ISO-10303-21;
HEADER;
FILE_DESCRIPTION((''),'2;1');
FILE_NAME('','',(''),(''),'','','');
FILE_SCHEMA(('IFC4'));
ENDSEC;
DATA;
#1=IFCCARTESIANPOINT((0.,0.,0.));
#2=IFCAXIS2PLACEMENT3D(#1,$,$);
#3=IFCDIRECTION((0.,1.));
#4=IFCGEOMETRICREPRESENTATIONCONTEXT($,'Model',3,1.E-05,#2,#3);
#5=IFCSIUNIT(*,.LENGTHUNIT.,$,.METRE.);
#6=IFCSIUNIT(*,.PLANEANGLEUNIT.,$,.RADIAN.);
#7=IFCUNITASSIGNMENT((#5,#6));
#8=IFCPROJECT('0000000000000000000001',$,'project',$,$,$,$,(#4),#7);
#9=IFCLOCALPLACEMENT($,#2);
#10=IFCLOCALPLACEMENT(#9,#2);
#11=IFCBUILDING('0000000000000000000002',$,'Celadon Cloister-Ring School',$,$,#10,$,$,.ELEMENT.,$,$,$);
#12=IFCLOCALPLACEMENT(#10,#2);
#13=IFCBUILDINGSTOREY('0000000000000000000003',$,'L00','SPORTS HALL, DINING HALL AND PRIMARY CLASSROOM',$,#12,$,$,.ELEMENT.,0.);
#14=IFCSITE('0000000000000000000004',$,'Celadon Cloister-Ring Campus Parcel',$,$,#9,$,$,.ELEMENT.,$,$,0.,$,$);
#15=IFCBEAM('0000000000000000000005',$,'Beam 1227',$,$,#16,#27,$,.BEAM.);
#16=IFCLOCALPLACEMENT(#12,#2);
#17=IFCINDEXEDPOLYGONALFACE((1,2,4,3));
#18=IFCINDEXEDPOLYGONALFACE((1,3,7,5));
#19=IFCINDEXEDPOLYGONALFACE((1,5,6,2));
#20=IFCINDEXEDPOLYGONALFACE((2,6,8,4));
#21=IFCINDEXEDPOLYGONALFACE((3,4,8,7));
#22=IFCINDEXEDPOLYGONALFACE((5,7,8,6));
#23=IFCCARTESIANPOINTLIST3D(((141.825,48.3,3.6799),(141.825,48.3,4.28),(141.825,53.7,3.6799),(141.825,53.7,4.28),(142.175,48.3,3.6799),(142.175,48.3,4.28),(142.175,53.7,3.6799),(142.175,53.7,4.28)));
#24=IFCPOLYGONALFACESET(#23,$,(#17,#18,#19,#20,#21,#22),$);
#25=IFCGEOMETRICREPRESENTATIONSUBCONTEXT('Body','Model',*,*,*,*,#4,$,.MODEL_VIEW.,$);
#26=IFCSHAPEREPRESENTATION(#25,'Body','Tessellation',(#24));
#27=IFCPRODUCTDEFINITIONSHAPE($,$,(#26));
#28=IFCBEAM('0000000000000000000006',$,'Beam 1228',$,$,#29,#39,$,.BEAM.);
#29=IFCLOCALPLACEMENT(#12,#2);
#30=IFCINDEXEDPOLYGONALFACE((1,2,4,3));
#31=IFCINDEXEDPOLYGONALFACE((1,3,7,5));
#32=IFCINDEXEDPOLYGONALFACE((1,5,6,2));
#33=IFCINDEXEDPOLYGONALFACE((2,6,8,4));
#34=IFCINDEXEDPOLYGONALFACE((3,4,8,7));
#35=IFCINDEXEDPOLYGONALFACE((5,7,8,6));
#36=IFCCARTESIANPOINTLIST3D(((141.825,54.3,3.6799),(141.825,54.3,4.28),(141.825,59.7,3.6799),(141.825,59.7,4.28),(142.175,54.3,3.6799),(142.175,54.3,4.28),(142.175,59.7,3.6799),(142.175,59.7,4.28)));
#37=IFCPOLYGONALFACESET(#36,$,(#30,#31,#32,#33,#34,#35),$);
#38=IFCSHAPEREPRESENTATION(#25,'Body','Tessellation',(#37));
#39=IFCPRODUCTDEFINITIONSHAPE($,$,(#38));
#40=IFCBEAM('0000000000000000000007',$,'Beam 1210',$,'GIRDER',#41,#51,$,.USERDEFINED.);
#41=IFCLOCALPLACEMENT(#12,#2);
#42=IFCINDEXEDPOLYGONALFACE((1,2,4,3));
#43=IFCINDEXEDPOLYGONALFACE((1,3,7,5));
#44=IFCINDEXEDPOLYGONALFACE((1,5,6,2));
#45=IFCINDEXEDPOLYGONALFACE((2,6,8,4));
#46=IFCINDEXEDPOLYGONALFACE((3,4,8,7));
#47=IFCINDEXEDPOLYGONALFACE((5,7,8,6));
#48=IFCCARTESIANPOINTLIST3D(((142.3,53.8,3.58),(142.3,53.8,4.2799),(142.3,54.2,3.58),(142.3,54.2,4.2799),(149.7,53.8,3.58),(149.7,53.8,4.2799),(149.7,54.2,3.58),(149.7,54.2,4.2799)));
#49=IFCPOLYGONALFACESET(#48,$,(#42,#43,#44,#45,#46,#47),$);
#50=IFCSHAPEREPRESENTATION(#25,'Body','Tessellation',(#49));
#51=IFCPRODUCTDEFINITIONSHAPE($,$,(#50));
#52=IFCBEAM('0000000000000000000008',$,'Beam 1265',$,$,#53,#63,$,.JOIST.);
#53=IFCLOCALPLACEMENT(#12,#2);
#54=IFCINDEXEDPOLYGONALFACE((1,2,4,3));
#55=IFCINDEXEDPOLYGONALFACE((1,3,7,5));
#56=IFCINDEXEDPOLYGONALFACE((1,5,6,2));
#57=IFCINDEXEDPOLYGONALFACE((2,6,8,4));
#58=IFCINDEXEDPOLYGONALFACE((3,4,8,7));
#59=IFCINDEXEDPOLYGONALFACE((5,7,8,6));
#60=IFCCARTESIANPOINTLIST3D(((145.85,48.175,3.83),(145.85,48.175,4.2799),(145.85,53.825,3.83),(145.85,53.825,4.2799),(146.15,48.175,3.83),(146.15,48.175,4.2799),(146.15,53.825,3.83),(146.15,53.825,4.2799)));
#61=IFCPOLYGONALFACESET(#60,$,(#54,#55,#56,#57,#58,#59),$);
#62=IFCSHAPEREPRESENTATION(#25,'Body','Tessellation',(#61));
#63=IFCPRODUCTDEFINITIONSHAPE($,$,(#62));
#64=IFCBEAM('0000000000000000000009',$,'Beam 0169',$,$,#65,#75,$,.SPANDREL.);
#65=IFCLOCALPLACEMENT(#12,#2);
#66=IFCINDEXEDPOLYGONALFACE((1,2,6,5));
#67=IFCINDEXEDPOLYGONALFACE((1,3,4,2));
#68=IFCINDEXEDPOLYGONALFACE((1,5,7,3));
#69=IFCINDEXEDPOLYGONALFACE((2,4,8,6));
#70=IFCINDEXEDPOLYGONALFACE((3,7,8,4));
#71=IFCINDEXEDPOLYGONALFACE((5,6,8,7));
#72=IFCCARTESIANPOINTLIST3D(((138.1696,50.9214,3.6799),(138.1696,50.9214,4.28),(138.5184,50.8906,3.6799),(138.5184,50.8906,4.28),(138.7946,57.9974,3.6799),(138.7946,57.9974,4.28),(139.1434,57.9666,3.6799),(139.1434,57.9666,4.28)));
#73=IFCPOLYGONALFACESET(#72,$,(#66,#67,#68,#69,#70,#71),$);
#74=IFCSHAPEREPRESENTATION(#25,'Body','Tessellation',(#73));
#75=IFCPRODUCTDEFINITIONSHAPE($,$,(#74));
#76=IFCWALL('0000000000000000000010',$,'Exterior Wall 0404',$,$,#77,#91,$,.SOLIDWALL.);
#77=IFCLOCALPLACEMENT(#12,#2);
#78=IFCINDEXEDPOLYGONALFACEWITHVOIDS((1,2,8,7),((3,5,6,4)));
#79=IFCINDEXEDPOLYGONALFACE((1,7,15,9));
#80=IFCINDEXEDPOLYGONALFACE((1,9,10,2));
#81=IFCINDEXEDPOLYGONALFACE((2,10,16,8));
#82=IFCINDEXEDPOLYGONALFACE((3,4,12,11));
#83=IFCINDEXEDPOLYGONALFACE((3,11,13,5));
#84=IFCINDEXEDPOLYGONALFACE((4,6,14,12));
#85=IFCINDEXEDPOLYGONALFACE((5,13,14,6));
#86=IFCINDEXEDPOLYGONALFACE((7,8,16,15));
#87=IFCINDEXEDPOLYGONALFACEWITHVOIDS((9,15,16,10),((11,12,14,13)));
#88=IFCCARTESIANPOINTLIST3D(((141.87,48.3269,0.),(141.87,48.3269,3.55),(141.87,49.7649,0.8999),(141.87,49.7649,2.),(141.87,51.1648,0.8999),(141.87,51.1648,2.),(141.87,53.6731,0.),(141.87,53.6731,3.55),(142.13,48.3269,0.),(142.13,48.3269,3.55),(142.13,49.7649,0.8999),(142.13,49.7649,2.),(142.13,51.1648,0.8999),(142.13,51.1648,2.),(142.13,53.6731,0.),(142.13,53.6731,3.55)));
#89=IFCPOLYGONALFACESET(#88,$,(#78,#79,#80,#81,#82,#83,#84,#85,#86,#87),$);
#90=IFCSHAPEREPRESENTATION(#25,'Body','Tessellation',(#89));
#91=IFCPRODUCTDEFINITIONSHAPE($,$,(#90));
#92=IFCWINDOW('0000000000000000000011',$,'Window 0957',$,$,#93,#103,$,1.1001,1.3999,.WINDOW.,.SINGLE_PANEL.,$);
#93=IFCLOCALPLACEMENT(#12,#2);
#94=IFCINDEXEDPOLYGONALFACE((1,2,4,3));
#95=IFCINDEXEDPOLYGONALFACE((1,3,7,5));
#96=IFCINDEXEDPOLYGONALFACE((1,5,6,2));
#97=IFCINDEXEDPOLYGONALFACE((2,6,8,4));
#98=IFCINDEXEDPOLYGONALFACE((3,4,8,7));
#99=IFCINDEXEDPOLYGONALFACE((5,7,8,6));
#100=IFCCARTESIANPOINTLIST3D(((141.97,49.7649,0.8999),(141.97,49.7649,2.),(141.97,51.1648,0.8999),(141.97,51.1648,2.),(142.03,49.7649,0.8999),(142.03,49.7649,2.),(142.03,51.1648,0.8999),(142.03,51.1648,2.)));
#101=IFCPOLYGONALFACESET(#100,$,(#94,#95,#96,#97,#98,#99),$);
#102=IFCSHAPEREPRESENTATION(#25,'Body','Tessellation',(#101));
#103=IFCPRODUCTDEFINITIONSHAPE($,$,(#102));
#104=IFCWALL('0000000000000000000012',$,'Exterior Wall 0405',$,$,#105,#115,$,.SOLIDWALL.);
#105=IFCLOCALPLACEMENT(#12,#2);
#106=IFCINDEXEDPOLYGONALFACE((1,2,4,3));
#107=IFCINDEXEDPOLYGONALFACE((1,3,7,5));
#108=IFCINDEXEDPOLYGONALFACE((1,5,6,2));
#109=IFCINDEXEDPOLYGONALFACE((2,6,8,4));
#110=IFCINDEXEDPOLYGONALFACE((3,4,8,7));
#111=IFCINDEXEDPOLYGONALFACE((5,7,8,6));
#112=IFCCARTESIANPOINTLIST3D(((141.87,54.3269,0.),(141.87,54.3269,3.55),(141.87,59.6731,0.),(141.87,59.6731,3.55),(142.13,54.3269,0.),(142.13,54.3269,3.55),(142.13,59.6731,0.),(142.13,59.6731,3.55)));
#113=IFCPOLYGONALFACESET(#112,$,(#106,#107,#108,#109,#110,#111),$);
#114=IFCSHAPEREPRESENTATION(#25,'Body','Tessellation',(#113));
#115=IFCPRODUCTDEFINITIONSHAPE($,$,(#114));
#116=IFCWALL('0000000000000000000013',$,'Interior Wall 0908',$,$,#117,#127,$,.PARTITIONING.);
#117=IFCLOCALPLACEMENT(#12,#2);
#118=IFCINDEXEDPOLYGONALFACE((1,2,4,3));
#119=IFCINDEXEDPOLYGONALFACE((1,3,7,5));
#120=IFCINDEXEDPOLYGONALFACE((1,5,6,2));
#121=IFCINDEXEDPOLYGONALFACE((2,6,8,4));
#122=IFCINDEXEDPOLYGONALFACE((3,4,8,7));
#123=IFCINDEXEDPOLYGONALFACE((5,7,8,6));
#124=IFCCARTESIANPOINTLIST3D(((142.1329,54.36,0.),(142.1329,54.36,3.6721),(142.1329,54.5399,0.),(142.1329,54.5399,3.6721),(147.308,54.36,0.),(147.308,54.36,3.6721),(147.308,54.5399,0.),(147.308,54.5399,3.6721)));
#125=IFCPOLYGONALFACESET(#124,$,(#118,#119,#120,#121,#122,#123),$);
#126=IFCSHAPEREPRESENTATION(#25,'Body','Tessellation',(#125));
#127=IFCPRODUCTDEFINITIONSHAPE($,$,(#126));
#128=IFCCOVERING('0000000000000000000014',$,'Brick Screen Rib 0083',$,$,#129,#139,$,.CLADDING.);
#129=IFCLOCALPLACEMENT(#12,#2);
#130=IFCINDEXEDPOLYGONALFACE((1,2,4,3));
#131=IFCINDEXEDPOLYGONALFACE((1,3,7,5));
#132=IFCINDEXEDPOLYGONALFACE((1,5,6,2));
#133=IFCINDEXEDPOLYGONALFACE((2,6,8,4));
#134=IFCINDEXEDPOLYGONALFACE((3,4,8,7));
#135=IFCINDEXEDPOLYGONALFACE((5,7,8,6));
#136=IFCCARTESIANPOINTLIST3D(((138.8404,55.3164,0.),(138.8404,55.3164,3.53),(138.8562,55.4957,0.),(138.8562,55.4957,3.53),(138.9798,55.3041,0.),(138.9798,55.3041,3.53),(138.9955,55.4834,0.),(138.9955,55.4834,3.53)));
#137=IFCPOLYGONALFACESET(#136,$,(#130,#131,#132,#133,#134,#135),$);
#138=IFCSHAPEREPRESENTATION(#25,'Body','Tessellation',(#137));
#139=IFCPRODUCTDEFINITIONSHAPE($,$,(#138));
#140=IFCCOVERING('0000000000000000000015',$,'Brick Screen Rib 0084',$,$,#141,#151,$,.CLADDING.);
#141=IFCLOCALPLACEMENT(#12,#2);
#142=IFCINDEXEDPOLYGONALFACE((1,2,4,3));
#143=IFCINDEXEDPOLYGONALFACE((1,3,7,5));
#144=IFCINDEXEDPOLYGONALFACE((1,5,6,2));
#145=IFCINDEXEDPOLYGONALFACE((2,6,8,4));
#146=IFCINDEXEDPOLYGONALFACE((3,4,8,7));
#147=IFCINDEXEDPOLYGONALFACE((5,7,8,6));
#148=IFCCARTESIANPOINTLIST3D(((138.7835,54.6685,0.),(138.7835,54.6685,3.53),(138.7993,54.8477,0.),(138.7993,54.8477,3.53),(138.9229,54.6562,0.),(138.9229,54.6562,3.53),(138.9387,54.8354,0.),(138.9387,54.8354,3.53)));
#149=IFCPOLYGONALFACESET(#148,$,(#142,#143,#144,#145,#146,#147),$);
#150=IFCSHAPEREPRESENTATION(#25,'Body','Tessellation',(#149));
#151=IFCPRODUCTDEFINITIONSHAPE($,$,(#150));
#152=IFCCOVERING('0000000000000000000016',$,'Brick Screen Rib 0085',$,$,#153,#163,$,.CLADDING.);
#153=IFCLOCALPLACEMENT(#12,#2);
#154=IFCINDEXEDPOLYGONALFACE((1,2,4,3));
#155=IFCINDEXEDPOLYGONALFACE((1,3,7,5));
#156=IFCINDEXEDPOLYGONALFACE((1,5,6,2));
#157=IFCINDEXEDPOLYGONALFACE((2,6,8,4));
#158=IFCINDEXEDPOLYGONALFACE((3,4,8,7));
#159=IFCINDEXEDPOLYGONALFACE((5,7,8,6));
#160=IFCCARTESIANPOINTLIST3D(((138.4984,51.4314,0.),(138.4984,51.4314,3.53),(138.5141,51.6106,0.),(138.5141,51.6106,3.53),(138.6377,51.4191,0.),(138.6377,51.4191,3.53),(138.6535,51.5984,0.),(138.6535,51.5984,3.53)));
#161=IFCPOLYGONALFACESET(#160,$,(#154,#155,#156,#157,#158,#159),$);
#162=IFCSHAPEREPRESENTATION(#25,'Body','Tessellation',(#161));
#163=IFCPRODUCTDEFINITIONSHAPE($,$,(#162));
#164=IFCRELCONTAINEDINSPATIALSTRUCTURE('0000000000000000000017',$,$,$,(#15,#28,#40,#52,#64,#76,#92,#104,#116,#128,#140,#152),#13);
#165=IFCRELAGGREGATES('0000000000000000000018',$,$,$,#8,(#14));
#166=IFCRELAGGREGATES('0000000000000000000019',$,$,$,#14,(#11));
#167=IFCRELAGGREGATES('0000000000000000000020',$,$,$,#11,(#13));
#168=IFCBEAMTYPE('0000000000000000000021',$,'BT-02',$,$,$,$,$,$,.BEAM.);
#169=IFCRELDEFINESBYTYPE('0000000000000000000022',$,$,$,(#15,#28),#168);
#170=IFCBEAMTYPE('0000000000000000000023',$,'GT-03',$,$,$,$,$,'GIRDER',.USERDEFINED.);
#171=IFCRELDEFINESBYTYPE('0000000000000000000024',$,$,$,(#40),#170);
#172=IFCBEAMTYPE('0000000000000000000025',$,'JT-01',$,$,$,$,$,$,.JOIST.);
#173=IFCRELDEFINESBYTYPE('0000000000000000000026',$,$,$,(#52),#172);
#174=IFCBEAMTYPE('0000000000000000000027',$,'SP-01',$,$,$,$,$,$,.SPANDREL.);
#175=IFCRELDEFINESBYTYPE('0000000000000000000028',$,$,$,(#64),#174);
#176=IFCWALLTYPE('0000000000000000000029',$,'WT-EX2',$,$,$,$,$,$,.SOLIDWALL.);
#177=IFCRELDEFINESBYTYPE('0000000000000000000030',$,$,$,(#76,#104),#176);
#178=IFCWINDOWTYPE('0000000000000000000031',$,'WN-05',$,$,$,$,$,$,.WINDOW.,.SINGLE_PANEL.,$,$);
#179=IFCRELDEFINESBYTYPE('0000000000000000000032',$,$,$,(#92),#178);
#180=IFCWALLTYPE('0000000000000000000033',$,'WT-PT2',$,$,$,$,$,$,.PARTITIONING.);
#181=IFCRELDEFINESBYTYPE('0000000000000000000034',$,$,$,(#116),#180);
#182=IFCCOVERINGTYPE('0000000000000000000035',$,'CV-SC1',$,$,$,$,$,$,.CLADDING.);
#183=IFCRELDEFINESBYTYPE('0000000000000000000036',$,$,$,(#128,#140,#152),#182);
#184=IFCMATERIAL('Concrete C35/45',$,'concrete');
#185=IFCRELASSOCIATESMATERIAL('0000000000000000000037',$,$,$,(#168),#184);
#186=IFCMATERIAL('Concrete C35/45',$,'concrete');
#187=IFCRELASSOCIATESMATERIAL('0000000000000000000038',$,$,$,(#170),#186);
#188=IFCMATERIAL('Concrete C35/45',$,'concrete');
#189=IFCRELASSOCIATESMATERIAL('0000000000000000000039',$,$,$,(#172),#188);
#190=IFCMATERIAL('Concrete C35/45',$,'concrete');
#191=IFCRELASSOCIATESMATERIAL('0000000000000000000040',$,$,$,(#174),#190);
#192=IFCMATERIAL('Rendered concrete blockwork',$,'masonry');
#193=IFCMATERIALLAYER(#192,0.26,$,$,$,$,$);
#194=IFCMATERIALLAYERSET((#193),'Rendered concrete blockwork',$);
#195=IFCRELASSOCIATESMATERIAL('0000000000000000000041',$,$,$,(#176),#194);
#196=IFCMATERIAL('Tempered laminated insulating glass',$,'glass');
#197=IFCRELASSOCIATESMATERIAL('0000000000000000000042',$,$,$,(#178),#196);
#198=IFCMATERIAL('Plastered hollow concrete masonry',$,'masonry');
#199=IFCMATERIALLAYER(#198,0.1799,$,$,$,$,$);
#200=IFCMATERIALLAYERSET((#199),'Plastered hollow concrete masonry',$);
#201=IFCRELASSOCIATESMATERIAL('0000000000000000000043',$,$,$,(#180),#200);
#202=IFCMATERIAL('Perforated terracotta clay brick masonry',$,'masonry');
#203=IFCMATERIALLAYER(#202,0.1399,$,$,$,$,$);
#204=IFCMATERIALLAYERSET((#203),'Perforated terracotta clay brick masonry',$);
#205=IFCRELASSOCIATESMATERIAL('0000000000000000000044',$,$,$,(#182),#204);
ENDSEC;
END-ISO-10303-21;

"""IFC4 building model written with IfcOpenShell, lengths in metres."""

from ifc_helpers import new_model, si_unit, direction, frame, frame_2d, origin, origin_2d, place, context, subcontext, project, spatial, rectangle, extrude, material, layer, layer_set, material_profile, profile_set, type_object, element, fill, save


model = new_model("IFC4")

# Units and contexts
model_context = context("Model", 3, precision=1e-05, world=origin(), true_north=direction((0.0, 1.0)))
body_context = subcontext(model_context, "Body", "Model", "MODEL_VIEW")
ifc_project = project(units=[si_unit("LENGTHUNIT", "METRE"), si_unit("PLANEANGLEUNIT", "RADIAN")], contexts=[model_context])

# Site, building, storey
site_placement = place(None, origin())
site = spatial("IfcSite", under=ifc_project, at=site_placement, Name="Celadon Cloister-Ring Campus Parcel", CompositionType="ELEMENT", RefElevation=0.0)
building_placement = place(site_placement, origin())
building = spatial("IfcBuilding", under=site, at=building_placement, Name="Celadon Cloister-Ring School", CompositionType="ELEMENT")
storey_placement = place(building_placement, origin())
storey = spatial("IfcBuildingStorey", under=building, at=storey_placement, Name="L00", Description="SPORTS HALL, DINING HALL AND PRIMARY CLASSROOM", CompositionType="ELEMENT", Elevation=0.0)

# Beams
ifc_material_1 = material(Name="Concrete C35/45", Category="concrete")
ifc_material_profile_1 = material_profile(ifc_material_1, rectangle(XDim=0.3501, YDim=0.6001, at=origin_2d()), Name="RC350X600")
ifc_profile_set_1 = profile_set([ifc_material_profile_1], Name="Concrete C35/45")
beam_type_1 = type_object("IfcBeamType", Name="BT-02", PredefinedType="BEAM", material=ifc_profile_set_1)
for number, where, z_axis, x_axis, name in (
    (1, (142.0, 48.3, 3.98), (0.0, 1.0, 0.0), (-1.0, 0.0, 0.0), "Beam 1227"),
    (2, (142.0, 54.3, 3.98), (0.0, 1.0, 0.0), (-1.0, 0.0, 0.0), "Beam 1228"),
):
    element("IfcBeam", number, at=place(storey_placement, frame(where, z_axis=z_axis, x_axis=x_axis)), inside=storey, type_object=beam_type_1, Name=name, PredefinedType="BEAM", context=body_context, shape_type="SweptSolid", body=[
        extrude(rectangle(XDim=0.3501, YDim=0.6001, at=origin_2d()), origin(), (0.0, 0.0, 1.0), 5.3999),
    ])
ifc_material_2 = material(Name="Concrete C35/45", Category="concrete")
ifc_material_profile_2 = material_profile(ifc_material_2, rectangle(XDim=0.3999, YDim=0.7, at=origin_2d()), Name="RC400X700")
ifc_profile_set_2 = profile_set([ifc_material_profile_2], Name="Concrete C35/45")
beam_type_2 = type_object("IfcBeamType", Name="GT-03", ElementType="GIRDER", PredefinedType="USERDEFINED", material=ifc_profile_set_2)
beam_1_placement = place(storey_placement, frame((142.3, 54.0, 3.9299), z_axis=(1.0, 0.0, 0.0), x_axis=(0.0, 1.0, 0.0)))
element("IfcBeam", 3, at=beam_1_placement, inside=storey, type_object=beam_type_2, Name="Beam 1210", ObjectType="GIRDER", PredefinedType="USERDEFINED", context=body_context, shape_type="SweptSolid", body=[
    extrude(rectangle(XDim=0.3999, YDim=0.7, at=origin_2d()), origin(), (0.0, 0.0, 1.0), 7.3999),
])
ifc_material_3 = material(Name="Concrete C35/45", Category="concrete")
ifc_material_profile_3 = material_profile(ifc_material_3, rectangle(XDim=0.3, YDim=0.45, at=origin_2d()), Name="RC300X450")
ifc_profile_set_3 = profile_set([ifc_material_profile_3], Name="Concrete C35/45")
beam_type_3 = type_object("IfcBeamType", Name="JT-01", PredefinedType="JOIST", material=ifc_profile_set_3)
beam_2_placement = place(storey_placement, frame((146.0, 48.175, 4.0549), z_axis=(0.0, 1.0, 0.0), x_axis=(-1.0, 0.0, 0.0)))
element("IfcBeam", 4, at=beam_2_placement, inside=storey, type_object=beam_type_3, Name="Beam 1265", PredefinedType="JOIST", context=body_context, shape_type="SweptSolid", body=[
    extrude(rectangle(XDim=0.3, YDim=0.45, at=origin_2d()), origin(), (0.0, 0.0, 1.0), 5.6499),
])
ifc_material_4 = material(Name="Concrete C35/45", Category="concrete")
ifc_material_profile_4 = material_profile(ifc_material_4, rectangle(XDim=0.3501, YDim=0.6001, at=origin_2d()), Name="RC350X600")
ifc_profile_set_4 = profile_set([ifc_material_profile_4], Name="Concrete C35/45")
beam_type_4 = type_object("IfcBeamType", Name="SP-01", PredefinedType="SPANDREL", material=ifc_profile_set_4)
beam_3_placement = place(storey_placement, frame((138.344, 50.906, 3.98), z_axis=(0.087985, 0.996122, 0.0), x_axis=(-0.996122, 0.087985, 0.0)))
element("IfcBeam", 5, at=beam_3_placement, inside=storey, type_object=beam_type_4, Name="Beam 0169", PredefinedType="SPANDREL", context=body_context, shape_type="SweptSolid", body=[
    extrude(rectangle(XDim=0.3501, YDim=0.6001, at=origin_2d()), origin(), (0.0, 0.0, 1.0), 7.1035),
])

# Wall, opening, window
ifc_material_5 = material(Name="Rendered concrete blockwork", Category="masonry")
ifc_layer_1 = layer(ifc_material_5, 0.26)
ifc_layer_set_1 = layer_set([ifc_layer_1], Name="Rendered concrete blockwork")
wall_type_1 = type_object("IfcWallType", Name="WT-EX2", PredefinedType="SOLIDWALL", material=ifc_layer_set_1)
wall_1_placement = place(storey_placement, frame((142.0, 48.3269, 0.0), z_axis=(0.0, 0.0, 1.0), x_axis=(0.0, 1.0, 0.0)))
wall_1 = element("IfcWall", 6, at=wall_1_placement, inside=storey, type_object=wall_type_1, Name="Exterior Wall 0404", PredefinedType="SOLIDWALL", context=body_context, shape_type="SweptSolid", body=[
    extrude(rectangle(XDim=5.3462, YDim=0.26, at=frame_2d((2.6731, 0.0))), origin(), (0.0, 0.0, 1.0), 3.55),
])
opening_placement = place(wall_1_placement, frame((1.438, 0.0, 0.8999)))
opening = element("IfcOpeningElement", 7, at=opening_placement, cuts=wall_1, PredefinedType="OPENING", context=body_context, shape_type="SweptSolid", body=[
    extrude(rectangle(XDim=1.3999, YDim=1.1001, at=frame_2d((0.7, 0.55))), frame((0.0, 0.1401, 0.0), z_axis=(0.0, -1.0, 0.0), x_axis=(1.0, 0.0, 0.0)), (0.0, 0.0, 1.0), 0.28),
])
ifc_material_6 = material(Name="Tempered laminated insulating glass", Category="glass")
window_type = type_object("IfcWindowType", Name="WN-05", PartitioningType="SINGLE_PANEL", PredefinedType="WINDOW", material=ifc_material_6)
window_placement = place(opening_placement, origin())
window = element("IfcWindow", 8, at=window_placement, inside=storey, type_object=window_type, Name="Window 0957", OverallHeight=1.1001, OverallWidth=1.3999, PartitioningType="SINGLE_PANEL", PredefinedType="WINDOW", context=body_context, shape_type="SweptSolid", body=[
    extrude(rectangle(XDim=1.3999, YDim=1.1001, at=frame_2d((0.7, 0.55))), frame((0.0, 0.03, 0.0), z_axis=(0.0, -1.0, 0.0), x_axis=(1.0, 0.0, 0.0)), (0.0, 0.0, 1.0), 0.0601),
])
fill(opening, window)

# Walls
wall_2_placement = place(storey_placement, frame((142.0, 54.3269, 0.0), z_axis=(0.0, 0.0, 1.0), x_axis=(0.0, 1.0, 0.0)))
element("IfcWall", 9, at=wall_2_placement, inside=storey, type_object=wall_type_1, Name="Exterior Wall 0405", PredefinedType="SOLIDWALL", context=body_context, shape_type="SweptSolid", body=[
    extrude(rectangle(XDim=5.3462, YDim=0.26, at=frame_2d((2.6731, 0.0))), origin(), (0.0, 0.0, 1.0), 3.55),
])
ifc_material_7 = material(Name="Plastered hollow concrete masonry", Category="masonry")
ifc_layer_2 = layer(ifc_material_7, 0.1799)
ifc_layer_set_2 = layer_set([ifc_layer_2], Name="Plastered hollow concrete masonry")
wall_type_2 = type_object("IfcWallType", Name="WT-PT2", PredefinedType="PARTITIONING", material=ifc_layer_set_2)
wall_3_placement = place(storey_placement, frame((142.1331, 54.45, 0.0), z_axis=(0.0, 0.0, 1.0), x_axis=(1.0, 0.0, 0.0)))
element("IfcWall", 10, at=wall_3_placement, inside=storey, type_object=wall_type_2, Name="Interior Wall 0908", PredefinedType="PARTITIONING", context=body_context, shape_type="SweptSolid", body=[
    extrude(rectangle(XDim=5.175, YDim=0.1799, at=frame_2d((2.5874, 0.0))), origin(), (0.0, 0.0, 1.0), 3.6721),
])

# Coverings
ifc_material_8 = material(Name="Perforated terracotta clay brick masonry", Category="masonry")
ifc_layer_3 = layer(ifc_material_8, 0.1399)
ifc_layer_set_3 = layer_set([ifc_layer_3], Name="Perforated terracotta clay brick masonry")
covering_type = type_object("IfcCoveringType", Name="CV-SC1", PredefinedType="CLADDING", material=ifc_layer_set_3)
for number, where, z_axis, x_axis, name in (
    (11, (138.918, 55.3999, 0.0), (0.0, 0.0, 1.0), (-0.087747, -0.996143, 0.0), "Brick Screen Rib 0083"),
    (12, (138.8611, 54.752, 0.0), (0.0, 0.0, 1.0), (-0.087747, -0.996143, 0.0), "Brick Screen Rib 0084"),
    (13, (138.5759, 51.5149, 0.0), (0.0, 0.0, 1.0), (-0.087747, -0.996143, 0.0), "Brick Screen Rib 0085"),
):
    element("IfcCovering", number, at=place(storey_placement, frame(where, z_axis=z_axis, x_axis=x_axis)), inside=storey, type_object=covering_type, Name=name, PredefinedType="CLADDING", context=body_context, shape_type="SweptSolid", body=[
        extrude(rectangle(XDim=0.1799, YDim=0.1399, at=origin_2d()), origin(), (0.0, 0.0, 1.0), 3.53),
    ])

save(model, "model.ifc")
